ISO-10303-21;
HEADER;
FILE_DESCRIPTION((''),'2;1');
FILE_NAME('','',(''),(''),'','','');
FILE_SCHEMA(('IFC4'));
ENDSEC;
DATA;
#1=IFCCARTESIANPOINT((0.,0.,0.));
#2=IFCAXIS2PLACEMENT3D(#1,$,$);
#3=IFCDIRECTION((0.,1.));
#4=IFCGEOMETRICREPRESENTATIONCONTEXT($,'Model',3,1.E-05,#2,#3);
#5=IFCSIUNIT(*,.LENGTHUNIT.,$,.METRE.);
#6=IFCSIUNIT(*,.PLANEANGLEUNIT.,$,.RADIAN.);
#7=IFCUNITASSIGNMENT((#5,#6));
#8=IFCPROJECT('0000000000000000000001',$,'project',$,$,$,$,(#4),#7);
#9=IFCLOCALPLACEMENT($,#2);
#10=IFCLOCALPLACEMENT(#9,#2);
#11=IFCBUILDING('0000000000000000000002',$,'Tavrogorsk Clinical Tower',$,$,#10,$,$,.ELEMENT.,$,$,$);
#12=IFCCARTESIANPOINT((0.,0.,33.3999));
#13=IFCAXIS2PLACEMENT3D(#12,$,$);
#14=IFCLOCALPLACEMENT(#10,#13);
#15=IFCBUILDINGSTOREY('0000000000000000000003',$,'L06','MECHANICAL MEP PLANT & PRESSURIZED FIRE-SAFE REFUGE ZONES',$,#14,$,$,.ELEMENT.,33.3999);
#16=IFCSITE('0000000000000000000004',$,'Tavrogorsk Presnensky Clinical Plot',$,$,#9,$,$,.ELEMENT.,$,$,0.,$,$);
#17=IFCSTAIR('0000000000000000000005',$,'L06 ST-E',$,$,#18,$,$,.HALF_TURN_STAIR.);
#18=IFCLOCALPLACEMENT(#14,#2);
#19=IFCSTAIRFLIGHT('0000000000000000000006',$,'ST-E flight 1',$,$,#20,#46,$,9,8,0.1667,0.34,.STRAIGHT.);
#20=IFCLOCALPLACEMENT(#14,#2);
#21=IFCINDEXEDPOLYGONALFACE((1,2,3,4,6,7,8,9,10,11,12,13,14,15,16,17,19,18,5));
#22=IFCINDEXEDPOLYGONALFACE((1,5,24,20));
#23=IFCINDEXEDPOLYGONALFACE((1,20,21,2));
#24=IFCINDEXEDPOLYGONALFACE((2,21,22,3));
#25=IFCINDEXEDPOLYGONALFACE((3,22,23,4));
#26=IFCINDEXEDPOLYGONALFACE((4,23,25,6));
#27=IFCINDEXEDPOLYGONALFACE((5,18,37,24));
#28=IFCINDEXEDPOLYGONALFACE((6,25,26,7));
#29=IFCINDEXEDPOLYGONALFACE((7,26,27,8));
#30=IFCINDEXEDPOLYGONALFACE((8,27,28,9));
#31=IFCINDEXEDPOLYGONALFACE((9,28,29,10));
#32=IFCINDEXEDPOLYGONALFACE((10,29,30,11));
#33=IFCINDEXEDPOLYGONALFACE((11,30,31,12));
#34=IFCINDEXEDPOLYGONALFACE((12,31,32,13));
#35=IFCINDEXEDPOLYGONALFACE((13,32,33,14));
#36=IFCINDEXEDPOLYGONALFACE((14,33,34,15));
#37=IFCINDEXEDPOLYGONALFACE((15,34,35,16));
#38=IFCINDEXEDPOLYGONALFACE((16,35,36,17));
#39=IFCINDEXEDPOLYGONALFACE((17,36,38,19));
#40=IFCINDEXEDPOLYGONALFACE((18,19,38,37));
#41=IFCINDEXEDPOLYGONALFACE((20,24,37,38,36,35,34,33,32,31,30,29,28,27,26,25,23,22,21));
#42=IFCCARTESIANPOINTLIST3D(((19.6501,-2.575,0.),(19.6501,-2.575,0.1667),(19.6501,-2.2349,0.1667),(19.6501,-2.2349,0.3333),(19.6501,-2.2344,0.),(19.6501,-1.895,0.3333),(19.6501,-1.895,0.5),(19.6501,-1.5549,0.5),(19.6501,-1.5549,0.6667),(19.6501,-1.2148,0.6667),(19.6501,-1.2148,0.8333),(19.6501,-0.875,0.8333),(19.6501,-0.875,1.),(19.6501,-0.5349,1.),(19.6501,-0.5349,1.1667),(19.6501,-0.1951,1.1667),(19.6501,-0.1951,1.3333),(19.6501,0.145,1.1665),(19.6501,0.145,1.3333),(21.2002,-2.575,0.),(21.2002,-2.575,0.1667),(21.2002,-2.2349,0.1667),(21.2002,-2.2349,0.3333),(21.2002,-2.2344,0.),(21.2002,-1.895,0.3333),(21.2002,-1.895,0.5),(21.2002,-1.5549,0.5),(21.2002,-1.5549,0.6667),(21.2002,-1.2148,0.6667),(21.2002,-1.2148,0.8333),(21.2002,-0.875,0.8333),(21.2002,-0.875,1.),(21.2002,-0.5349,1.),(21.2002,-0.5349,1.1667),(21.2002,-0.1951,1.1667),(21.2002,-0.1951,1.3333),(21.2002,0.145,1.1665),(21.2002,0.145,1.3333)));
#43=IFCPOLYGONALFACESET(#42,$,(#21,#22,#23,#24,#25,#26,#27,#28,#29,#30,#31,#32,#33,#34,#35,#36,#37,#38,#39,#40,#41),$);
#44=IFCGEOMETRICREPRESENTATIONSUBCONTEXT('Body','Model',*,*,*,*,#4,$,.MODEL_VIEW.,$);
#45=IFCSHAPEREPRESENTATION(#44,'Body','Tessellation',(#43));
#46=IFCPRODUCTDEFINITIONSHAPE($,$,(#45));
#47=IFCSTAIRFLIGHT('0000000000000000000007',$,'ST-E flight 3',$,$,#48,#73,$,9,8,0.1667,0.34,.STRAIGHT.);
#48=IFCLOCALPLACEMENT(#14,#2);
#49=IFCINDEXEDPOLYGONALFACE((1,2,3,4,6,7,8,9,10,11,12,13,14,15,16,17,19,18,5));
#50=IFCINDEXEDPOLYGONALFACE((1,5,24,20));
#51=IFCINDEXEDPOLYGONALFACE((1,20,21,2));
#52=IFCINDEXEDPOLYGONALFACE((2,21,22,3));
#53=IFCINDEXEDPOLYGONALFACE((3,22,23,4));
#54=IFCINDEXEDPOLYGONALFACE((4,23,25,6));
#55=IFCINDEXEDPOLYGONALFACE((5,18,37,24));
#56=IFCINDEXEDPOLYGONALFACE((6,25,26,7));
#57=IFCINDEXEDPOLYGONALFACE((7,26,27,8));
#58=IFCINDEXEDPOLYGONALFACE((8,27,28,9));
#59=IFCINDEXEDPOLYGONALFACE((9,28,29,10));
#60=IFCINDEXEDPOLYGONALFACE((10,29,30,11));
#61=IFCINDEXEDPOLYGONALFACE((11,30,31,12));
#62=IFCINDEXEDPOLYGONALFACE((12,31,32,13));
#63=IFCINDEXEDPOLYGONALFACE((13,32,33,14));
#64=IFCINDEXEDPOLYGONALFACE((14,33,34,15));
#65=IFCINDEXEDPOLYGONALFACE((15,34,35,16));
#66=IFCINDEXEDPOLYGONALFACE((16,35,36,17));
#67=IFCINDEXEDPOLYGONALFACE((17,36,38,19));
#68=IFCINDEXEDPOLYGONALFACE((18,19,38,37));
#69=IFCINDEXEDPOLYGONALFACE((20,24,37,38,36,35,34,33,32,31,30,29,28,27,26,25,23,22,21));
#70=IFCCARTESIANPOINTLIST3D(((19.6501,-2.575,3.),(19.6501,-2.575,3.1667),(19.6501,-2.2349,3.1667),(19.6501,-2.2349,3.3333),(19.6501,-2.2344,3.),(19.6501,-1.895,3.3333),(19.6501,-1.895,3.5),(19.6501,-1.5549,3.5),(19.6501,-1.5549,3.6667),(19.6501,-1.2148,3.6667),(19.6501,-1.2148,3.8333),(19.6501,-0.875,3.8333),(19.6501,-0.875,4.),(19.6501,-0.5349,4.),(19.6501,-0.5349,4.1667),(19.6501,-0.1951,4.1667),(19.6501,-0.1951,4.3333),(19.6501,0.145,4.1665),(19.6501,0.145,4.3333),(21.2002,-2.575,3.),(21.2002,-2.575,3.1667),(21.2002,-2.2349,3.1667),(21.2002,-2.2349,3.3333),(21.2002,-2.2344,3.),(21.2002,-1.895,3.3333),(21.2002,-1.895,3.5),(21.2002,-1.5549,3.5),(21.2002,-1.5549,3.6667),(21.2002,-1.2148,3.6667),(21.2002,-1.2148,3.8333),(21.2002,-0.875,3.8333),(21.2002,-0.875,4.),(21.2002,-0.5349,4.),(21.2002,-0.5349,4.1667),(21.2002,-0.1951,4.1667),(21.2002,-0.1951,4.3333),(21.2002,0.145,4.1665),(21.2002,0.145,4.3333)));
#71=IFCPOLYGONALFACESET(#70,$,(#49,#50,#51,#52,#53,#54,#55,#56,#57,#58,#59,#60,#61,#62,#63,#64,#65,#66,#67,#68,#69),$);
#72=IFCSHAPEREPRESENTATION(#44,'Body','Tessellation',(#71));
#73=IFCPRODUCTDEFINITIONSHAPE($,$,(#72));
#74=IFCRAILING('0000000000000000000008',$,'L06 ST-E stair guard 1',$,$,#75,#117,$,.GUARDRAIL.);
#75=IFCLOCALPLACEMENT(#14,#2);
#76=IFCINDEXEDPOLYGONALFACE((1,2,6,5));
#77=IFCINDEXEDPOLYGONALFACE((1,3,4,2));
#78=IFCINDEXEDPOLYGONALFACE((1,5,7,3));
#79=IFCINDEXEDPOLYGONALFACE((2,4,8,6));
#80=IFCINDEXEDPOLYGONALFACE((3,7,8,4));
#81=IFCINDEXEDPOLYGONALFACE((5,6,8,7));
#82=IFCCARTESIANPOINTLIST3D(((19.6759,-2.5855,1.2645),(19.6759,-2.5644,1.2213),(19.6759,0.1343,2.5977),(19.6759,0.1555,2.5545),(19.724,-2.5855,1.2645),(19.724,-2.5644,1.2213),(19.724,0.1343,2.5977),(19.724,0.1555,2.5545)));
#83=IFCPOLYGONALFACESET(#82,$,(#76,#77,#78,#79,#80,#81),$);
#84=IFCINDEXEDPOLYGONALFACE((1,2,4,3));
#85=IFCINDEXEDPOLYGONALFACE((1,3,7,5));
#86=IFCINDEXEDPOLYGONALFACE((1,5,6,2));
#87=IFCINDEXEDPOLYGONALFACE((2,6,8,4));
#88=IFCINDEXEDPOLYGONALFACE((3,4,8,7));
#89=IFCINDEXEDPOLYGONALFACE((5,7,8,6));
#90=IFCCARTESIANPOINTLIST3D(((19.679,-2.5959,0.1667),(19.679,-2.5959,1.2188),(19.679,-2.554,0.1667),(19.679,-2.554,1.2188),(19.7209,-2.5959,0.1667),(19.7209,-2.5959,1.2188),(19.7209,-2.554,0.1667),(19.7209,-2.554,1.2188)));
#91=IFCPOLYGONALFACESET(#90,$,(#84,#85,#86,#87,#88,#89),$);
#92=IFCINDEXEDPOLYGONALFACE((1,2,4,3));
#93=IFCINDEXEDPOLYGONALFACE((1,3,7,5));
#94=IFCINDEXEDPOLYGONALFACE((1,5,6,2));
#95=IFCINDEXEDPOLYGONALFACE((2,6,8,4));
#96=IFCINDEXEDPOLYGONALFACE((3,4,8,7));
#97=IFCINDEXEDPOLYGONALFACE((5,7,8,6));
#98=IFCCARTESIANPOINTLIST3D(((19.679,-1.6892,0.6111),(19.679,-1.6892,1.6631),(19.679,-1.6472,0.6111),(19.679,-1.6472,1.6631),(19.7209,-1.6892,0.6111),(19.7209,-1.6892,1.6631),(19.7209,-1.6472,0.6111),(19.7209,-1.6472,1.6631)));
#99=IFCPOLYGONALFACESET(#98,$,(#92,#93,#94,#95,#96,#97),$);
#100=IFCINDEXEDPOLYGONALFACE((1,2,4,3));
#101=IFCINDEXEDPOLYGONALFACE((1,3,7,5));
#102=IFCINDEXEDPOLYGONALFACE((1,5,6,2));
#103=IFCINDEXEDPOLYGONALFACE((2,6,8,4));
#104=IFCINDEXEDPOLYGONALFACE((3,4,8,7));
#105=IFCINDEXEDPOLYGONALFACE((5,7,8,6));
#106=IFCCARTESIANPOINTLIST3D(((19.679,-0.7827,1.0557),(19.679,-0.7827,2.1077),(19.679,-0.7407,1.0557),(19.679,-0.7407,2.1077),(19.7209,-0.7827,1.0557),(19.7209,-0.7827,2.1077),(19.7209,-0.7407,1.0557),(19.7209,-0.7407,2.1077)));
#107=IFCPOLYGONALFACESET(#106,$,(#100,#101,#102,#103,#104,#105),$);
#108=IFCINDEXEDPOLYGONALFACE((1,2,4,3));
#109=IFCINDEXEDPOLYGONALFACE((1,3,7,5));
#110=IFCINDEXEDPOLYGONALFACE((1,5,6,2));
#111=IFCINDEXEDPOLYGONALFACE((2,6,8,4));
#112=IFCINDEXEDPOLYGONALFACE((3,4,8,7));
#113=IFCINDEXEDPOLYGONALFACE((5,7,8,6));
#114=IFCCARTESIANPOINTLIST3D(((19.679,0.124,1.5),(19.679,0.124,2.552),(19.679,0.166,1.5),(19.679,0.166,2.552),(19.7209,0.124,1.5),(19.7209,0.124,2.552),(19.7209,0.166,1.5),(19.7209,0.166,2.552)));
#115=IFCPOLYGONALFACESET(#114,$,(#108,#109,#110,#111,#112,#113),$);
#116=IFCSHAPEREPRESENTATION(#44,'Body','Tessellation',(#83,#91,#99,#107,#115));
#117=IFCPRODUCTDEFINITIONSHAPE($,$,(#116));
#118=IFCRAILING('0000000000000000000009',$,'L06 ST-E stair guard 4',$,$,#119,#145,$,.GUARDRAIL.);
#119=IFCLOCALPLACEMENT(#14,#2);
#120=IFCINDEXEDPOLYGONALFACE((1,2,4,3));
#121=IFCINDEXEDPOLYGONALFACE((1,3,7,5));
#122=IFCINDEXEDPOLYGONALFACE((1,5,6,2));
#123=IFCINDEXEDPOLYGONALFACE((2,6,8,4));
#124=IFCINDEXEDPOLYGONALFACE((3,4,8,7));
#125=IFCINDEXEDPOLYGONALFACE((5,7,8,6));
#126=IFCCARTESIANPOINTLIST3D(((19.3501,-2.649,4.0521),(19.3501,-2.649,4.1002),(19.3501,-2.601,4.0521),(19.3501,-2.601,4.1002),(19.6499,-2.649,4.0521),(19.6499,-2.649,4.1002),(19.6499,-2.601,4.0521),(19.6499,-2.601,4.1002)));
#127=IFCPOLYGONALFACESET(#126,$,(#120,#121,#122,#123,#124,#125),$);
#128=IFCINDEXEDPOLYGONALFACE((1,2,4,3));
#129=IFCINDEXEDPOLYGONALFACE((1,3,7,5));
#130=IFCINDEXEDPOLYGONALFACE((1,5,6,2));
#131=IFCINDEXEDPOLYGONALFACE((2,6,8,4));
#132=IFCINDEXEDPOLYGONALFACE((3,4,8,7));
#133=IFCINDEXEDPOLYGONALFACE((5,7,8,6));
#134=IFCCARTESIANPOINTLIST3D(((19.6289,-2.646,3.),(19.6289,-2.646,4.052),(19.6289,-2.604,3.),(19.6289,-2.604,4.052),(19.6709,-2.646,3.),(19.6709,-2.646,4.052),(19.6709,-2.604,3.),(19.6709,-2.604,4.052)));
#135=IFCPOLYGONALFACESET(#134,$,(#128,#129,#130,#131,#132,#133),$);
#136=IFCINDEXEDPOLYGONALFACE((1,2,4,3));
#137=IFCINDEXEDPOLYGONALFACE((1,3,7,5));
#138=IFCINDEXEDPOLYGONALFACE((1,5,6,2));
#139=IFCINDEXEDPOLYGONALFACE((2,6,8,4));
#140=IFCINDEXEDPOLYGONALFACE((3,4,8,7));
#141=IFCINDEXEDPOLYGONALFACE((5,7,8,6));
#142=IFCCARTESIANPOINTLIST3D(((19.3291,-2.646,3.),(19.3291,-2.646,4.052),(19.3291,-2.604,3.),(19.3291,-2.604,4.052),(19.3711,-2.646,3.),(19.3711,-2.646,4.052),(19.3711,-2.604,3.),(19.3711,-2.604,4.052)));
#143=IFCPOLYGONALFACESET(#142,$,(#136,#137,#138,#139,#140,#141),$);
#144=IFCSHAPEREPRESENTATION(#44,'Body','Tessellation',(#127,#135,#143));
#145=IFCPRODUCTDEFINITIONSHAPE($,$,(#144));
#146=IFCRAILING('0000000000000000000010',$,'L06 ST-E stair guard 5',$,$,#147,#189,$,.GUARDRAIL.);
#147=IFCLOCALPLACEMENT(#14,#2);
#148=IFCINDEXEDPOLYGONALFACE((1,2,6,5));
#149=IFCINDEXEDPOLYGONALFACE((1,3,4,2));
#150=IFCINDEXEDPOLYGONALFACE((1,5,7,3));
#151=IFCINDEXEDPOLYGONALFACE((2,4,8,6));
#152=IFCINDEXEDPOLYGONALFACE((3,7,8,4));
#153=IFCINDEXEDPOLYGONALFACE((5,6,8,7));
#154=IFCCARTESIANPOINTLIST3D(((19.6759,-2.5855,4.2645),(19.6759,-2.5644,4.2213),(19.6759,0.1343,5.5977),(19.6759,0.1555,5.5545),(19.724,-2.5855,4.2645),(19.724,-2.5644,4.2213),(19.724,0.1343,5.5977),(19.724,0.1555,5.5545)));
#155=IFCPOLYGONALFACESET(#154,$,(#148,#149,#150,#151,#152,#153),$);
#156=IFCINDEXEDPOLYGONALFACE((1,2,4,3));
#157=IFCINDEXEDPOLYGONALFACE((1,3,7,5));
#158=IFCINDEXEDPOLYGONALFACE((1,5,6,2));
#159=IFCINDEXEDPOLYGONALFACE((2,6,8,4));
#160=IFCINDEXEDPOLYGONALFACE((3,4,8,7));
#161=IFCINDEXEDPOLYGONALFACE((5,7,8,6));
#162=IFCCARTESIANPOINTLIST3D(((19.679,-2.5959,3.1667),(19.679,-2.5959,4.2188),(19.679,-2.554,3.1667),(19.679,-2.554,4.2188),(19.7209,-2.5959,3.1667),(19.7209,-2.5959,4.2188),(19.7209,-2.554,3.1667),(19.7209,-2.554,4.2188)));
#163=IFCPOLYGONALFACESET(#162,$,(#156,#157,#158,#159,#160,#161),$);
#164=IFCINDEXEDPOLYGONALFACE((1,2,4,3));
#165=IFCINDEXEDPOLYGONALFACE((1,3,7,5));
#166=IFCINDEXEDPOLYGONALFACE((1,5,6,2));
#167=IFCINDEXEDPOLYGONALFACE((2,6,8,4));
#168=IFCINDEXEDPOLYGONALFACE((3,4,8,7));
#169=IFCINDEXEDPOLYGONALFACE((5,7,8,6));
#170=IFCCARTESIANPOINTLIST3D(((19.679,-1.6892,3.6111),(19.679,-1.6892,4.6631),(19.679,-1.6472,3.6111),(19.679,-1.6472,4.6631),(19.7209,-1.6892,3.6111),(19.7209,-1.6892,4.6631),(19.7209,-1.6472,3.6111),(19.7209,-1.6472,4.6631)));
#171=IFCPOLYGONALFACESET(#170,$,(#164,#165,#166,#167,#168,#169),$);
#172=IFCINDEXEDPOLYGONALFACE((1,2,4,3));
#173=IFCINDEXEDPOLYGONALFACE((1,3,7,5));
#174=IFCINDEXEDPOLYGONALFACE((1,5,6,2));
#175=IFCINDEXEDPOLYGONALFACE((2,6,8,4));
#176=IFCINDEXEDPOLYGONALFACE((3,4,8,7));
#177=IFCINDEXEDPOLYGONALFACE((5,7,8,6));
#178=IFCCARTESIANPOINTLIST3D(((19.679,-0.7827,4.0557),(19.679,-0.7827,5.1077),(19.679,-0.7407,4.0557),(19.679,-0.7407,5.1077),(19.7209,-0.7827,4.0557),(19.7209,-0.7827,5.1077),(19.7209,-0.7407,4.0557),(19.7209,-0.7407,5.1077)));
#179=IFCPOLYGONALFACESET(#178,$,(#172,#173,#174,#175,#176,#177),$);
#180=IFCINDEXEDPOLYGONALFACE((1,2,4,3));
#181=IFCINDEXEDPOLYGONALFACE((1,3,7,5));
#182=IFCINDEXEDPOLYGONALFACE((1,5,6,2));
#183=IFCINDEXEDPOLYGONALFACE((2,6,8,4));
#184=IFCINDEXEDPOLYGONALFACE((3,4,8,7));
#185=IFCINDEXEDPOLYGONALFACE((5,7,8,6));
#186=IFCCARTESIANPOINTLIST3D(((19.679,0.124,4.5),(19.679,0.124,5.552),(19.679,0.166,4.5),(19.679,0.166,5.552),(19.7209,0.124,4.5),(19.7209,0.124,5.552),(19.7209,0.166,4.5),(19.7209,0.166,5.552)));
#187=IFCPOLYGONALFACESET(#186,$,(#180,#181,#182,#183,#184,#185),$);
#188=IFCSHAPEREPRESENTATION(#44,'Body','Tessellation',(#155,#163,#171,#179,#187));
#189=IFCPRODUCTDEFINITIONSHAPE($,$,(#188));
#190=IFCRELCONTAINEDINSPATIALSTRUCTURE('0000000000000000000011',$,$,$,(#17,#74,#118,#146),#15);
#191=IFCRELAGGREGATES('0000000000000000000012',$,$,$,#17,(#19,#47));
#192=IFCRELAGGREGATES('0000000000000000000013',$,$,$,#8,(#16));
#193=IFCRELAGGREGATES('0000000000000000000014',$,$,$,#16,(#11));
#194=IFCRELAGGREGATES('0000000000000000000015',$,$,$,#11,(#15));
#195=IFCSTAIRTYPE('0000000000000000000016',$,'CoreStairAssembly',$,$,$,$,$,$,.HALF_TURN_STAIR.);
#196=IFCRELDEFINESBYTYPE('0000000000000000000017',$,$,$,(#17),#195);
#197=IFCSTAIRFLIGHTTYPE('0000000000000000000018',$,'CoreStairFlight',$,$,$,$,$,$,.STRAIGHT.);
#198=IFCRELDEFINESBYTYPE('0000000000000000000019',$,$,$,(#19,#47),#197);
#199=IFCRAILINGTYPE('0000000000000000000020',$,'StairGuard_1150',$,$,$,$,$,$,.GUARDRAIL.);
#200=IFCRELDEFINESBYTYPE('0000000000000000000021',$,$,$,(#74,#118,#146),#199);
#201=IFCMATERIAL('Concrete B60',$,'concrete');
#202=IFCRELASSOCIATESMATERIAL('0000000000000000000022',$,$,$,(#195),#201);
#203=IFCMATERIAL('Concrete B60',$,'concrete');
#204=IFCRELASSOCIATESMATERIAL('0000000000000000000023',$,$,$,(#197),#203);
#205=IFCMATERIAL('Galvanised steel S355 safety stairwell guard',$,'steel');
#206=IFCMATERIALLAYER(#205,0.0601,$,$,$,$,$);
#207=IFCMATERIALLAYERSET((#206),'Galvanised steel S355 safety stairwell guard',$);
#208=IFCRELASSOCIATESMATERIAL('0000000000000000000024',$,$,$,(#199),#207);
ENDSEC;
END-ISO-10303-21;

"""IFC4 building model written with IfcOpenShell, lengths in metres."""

from ifc_helpers import new_model, si_unit, direction, frame, origin, origin_2d, place, context, subcontext, project, spatial, polyline, rectangle, outline, extrude, material, layer, layer_set, type_object, element, aggregate, save


model = new_model("IFC4")

# Units and contexts
model_context = context("Model", 3, precision=1e-05, world=origin(), true_north=direction((0.0, 1.0)))
body_context = subcontext(model_context, "Body", "Model", "MODEL_VIEW")
ifc_project = project(units=[si_unit("LENGTHUNIT", "METRE"), si_unit("PLANEANGLEUNIT", "RADIAN")], contexts=[model_context])

# Site, building, storey
site_placement = place(None, origin())
site = spatial("IfcSite", under=ifc_project, at=site_placement, Name="Tavrogorsk Presnensky Clinical Plot", CompositionType="ELEMENT", RefElevation=0.0)
building_placement = place(site_placement, origin())
building = spatial("IfcBuilding", under=site, at=building_placement, Name="Tavrogorsk Clinical Tower", CompositionType="ELEMENT")
storey_placement = place(building_placement, frame((0.0, 0.0, 33.3999)))
storey = spatial("IfcBuildingStorey", under=building, at=storey_placement, Name="L06", Description="MECHANICAL MEP PLANT & PRESSURIZED FIRE-SAFE REFUGE ZONES", CompositionType="ELEMENT", Elevation=33.3999)

# Stair, stair flights
ifc_material_1 = material(Name="Concrete B60", Category="concrete")
stair_type = type_object("IfcStairType", Name="CoreStairAssembly", PredefinedType="HALF_TURN_STAIR", material=ifc_material_1)
stair_placement = place(storey_placement, origin())
stair = element("IfcStair", 1, at=stair_placement, inside=storey, type_object=stair_type, Name="L06 ST-E", PredefinedType="HALF_TURN_STAIR")
ifc_material_2 = material(Name="Concrete B60", Category="concrete")
stair_flight_type = type_object("IfcStairFlightType", Name="CoreStairFlight", PredefinedType="STRAIGHT", material=ifc_material_2)
stair_flight_1_placement = place(storey_placement, frame((20.425, -2.575, 0.0), z_axis=(0.0, 0.0, 1.0), x_axis=(0.0, 1.0, 0.0)))
stair_flight_1 = element("IfcStairFlight", 2, at=stair_flight_1_placement, type_object=stair_flight_type, Name="ST-E flight 1", NumberOfRisers=9, NumberOfTreads=8, PredefinedType="STRAIGHT", RiserHeight=0.1667, TreadLength=0.34, context=body_context, shape_type="SweptSolid", body=[
    extrude(outline(polyline([(0.0, 0.0), (0.0, 0.1667), (0.3401, 0.1667), (0.3401, 0.3333), (0.6799, 0.3333), (0.6799, 0.5), (1.02, 0.5), (1.02, 0.6667), (1.3601, 0.6667), (1.3601, 0.8333), (1.7, 0.8333), (1.7, 1.0), (2.04, 1.0), (2.04, 1.1667), (2.3799, 1.1667), (2.3799, 1.3333), (2.72, 1.3333), (2.72, 1.5), (2.72, 1.1665), (0.3406, 0.0), (0.0, 0.0)])), frame((0.0, 0.7749, 0.0), z_axis=(0.0, -1.0, 0.0), x_axis=(1.0, 0.0, 0.0)), (0.0, 0.0, 1.0), 1.55),
])
stair_flight_2_placement = place(storey_placement, frame((20.425, -2.575, 3.0), z_axis=(0.0, 0.0, 1.0), x_axis=(0.0, 1.0, 0.0)))
stair_flight_2 = element("IfcStairFlight", 3, at=stair_flight_2_placement, type_object=stair_flight_type, Name="ST-E flight 3", NumberOfRisers=9, NumberOfTreads=8, PredefinedType="STRAIGHT", RiserHeight=0.1667, TreadLength=0.34, context=body_context, shape_type="SweptSolid", body=[
    extrude(outline(polyline([(0.0, 0.0), (0.0, 0.1667), (0.3401, 0.1667), (0.3401, 0.3333), (0.6799, 0.3333), (0.6799, 0.5), (1.02, 0.5), (1.02, 0.6667), (1.3601, 0.6667), (1.3601, 0.8333), (1.7, 0.8333), (1.7, 1.0), (2.04, 1.0), (2.04, 1.1667), (2.3799, 1.1667), (2.3799, 1.3333), (2.72, 1.3333), (2.72, 1.5), (2.72, 1.1665), (0.3406, 0.0), (0.0, 0.0)])), frame((0.0, 0.7749, 0.0), z_axis=(0.0, -1.0, 0.0), x_axis=(1.0, 0.0, 0.0)), (0.0, 0.0, 1.0), 1.55),
])
aggregate(stair, [stair_flight_1, stair_flight_2])

# Railings
ifc_material_3 = material(Name="Galvanised steel S355 safety stairwell guard", Category="steel")
ifc_layer_1 = layer(ifc_material_3, 0.0601)
ifc_layer_set_1 = layer_set([ifc_layer_1], Name="Galvanised steel S355 safety stairwell guard")
railing_type = type_object("IfcRailingType", Name="StairGuard_1150", PredefinedType="GUARDRAIL", material=ifc_layer_set_1)
railing_1_placement = place(storey_placement, frame((19.7, -2.575, 0.1667)))
element("IfcRailing", 4, at=railing_1_placement, inside=storey, type_object=railing_type, Name="L06 ST-E stair guard 1", PredefinedType="GUARDRAIL", context=body_context, shape_type="SweptSolid", body=[
    extrude(rectangle(XDim=0.0481, YDim=0.0481, at=origin_2d()), frame((0.0, 0.0, 1.0762), z_axis=(0.0, 0.897929, 0.440139), x_axis=(-1.0, 0.0, 0.0)), (0.0, 0.0, 1.0), 3.0291),
    extrude(rectangle(XDim=0.042, YDim=0.042, at=origin_2d()), origin(), (0.0, 0.0, 1.0), 1.052),
    extrude(rectangle(XDim=0.042, YDim=0.042, at=origin_2d()), frame((0.0, 0.9067, 0.4443)), (0.0, 0.0, 1.0), 1.052),
    extrude(rectangle(XDim=0.042, YDim=0.042, at=origin_2d()), frame((0.0, 1.8132, 0.8889)), (0.0, 0.0, 1.0), 1.052),
    extrude(rectangle(XDim=0.042, YDim=0.042, at=origin_2d()), frame((0.0, 2.72, 1.3333)), (0.0, 0.0, 1.0), 1.052),
])
railing_2_placement = place(storey_placement, frame((19.6499, -2.625, 3.0)))
element("IfcRailing", 5, at=railing_2_placement, inside=storey, type_object=railing_type, Name="L06 ST-E stair guard 4", PredefinedType="GUARDRAIL", context=body_context, shape_type="SweptSolid", body=[
    extrude(rectangle(XDim=0.0481, YDim=0.0481, at=origin_2d()), frame((0.0, 0.0, 1.0762), z_axis=(-1.0, 0.0, 0.0), x_axis=(0.0, -1.0, 0.0)), (0.0, 0.0, 1.0), 0.2998),
    extrude(rectangle(XDim=0.042, YDim=0.042, at=origin_2d()), origin(), (0.0, 0.0, 1.0), 1.052),
    extrude(rectangle(XDim=0.042, YDim=0.042, at=origin_2d()), frame((-0.2998, 0.0, 0.0)), (0.0, 0.0, 1.0), 1.052),
])
railing_3_placement = place(storey_placement, frame((19.7, -2.575, 3.1667)))
element("IfcRailing", 6, at=railing_3_placement, inside=storey, type_object=railing_type, Name="L06 ST-E stair guard 5", PredefinedType="GUARDRAIL", context=body_context, shape_type="SweptSolid", body=[
    extrude(rectangle(XDim=0.0481, YDim=0.0481, at=origin_2d()), frame((0.0, 0.0, 1.0762), z_axis=(0.0, 0.897929, 0.440139), x_axis=(-1.0, 0.0, 0.0)), (0.0, 0.0, 1.0), 3.0291),
    extrude(rectangle(XDim=0.042, YDim=0.042, at=origin_2d()), origin(), (0.0, 0.0, 1.0), 1.052),
    extrude(rectangle(XDim=0.042, YDim=0.042, at=origin_2d()), frame((0.0, 0.9067, 0.4443)), (0.0, 0.0, 1.0), 1.052),
    extrude(rectangle(XDim=0.042, YDim=0.042, at=origin_2d()), frame((0.0, 1.8132, 0.8889)), (0.0, 0.0, 1.0), 1.052),
    extrude(rectangle(XDim=0.042, YDim=0.042, at=origin_2d()), frame((0.0, 2.72, 1.3333)), (0.0, 0.0, 1.0), 1.052),
])

save(model, "model.ifc")
